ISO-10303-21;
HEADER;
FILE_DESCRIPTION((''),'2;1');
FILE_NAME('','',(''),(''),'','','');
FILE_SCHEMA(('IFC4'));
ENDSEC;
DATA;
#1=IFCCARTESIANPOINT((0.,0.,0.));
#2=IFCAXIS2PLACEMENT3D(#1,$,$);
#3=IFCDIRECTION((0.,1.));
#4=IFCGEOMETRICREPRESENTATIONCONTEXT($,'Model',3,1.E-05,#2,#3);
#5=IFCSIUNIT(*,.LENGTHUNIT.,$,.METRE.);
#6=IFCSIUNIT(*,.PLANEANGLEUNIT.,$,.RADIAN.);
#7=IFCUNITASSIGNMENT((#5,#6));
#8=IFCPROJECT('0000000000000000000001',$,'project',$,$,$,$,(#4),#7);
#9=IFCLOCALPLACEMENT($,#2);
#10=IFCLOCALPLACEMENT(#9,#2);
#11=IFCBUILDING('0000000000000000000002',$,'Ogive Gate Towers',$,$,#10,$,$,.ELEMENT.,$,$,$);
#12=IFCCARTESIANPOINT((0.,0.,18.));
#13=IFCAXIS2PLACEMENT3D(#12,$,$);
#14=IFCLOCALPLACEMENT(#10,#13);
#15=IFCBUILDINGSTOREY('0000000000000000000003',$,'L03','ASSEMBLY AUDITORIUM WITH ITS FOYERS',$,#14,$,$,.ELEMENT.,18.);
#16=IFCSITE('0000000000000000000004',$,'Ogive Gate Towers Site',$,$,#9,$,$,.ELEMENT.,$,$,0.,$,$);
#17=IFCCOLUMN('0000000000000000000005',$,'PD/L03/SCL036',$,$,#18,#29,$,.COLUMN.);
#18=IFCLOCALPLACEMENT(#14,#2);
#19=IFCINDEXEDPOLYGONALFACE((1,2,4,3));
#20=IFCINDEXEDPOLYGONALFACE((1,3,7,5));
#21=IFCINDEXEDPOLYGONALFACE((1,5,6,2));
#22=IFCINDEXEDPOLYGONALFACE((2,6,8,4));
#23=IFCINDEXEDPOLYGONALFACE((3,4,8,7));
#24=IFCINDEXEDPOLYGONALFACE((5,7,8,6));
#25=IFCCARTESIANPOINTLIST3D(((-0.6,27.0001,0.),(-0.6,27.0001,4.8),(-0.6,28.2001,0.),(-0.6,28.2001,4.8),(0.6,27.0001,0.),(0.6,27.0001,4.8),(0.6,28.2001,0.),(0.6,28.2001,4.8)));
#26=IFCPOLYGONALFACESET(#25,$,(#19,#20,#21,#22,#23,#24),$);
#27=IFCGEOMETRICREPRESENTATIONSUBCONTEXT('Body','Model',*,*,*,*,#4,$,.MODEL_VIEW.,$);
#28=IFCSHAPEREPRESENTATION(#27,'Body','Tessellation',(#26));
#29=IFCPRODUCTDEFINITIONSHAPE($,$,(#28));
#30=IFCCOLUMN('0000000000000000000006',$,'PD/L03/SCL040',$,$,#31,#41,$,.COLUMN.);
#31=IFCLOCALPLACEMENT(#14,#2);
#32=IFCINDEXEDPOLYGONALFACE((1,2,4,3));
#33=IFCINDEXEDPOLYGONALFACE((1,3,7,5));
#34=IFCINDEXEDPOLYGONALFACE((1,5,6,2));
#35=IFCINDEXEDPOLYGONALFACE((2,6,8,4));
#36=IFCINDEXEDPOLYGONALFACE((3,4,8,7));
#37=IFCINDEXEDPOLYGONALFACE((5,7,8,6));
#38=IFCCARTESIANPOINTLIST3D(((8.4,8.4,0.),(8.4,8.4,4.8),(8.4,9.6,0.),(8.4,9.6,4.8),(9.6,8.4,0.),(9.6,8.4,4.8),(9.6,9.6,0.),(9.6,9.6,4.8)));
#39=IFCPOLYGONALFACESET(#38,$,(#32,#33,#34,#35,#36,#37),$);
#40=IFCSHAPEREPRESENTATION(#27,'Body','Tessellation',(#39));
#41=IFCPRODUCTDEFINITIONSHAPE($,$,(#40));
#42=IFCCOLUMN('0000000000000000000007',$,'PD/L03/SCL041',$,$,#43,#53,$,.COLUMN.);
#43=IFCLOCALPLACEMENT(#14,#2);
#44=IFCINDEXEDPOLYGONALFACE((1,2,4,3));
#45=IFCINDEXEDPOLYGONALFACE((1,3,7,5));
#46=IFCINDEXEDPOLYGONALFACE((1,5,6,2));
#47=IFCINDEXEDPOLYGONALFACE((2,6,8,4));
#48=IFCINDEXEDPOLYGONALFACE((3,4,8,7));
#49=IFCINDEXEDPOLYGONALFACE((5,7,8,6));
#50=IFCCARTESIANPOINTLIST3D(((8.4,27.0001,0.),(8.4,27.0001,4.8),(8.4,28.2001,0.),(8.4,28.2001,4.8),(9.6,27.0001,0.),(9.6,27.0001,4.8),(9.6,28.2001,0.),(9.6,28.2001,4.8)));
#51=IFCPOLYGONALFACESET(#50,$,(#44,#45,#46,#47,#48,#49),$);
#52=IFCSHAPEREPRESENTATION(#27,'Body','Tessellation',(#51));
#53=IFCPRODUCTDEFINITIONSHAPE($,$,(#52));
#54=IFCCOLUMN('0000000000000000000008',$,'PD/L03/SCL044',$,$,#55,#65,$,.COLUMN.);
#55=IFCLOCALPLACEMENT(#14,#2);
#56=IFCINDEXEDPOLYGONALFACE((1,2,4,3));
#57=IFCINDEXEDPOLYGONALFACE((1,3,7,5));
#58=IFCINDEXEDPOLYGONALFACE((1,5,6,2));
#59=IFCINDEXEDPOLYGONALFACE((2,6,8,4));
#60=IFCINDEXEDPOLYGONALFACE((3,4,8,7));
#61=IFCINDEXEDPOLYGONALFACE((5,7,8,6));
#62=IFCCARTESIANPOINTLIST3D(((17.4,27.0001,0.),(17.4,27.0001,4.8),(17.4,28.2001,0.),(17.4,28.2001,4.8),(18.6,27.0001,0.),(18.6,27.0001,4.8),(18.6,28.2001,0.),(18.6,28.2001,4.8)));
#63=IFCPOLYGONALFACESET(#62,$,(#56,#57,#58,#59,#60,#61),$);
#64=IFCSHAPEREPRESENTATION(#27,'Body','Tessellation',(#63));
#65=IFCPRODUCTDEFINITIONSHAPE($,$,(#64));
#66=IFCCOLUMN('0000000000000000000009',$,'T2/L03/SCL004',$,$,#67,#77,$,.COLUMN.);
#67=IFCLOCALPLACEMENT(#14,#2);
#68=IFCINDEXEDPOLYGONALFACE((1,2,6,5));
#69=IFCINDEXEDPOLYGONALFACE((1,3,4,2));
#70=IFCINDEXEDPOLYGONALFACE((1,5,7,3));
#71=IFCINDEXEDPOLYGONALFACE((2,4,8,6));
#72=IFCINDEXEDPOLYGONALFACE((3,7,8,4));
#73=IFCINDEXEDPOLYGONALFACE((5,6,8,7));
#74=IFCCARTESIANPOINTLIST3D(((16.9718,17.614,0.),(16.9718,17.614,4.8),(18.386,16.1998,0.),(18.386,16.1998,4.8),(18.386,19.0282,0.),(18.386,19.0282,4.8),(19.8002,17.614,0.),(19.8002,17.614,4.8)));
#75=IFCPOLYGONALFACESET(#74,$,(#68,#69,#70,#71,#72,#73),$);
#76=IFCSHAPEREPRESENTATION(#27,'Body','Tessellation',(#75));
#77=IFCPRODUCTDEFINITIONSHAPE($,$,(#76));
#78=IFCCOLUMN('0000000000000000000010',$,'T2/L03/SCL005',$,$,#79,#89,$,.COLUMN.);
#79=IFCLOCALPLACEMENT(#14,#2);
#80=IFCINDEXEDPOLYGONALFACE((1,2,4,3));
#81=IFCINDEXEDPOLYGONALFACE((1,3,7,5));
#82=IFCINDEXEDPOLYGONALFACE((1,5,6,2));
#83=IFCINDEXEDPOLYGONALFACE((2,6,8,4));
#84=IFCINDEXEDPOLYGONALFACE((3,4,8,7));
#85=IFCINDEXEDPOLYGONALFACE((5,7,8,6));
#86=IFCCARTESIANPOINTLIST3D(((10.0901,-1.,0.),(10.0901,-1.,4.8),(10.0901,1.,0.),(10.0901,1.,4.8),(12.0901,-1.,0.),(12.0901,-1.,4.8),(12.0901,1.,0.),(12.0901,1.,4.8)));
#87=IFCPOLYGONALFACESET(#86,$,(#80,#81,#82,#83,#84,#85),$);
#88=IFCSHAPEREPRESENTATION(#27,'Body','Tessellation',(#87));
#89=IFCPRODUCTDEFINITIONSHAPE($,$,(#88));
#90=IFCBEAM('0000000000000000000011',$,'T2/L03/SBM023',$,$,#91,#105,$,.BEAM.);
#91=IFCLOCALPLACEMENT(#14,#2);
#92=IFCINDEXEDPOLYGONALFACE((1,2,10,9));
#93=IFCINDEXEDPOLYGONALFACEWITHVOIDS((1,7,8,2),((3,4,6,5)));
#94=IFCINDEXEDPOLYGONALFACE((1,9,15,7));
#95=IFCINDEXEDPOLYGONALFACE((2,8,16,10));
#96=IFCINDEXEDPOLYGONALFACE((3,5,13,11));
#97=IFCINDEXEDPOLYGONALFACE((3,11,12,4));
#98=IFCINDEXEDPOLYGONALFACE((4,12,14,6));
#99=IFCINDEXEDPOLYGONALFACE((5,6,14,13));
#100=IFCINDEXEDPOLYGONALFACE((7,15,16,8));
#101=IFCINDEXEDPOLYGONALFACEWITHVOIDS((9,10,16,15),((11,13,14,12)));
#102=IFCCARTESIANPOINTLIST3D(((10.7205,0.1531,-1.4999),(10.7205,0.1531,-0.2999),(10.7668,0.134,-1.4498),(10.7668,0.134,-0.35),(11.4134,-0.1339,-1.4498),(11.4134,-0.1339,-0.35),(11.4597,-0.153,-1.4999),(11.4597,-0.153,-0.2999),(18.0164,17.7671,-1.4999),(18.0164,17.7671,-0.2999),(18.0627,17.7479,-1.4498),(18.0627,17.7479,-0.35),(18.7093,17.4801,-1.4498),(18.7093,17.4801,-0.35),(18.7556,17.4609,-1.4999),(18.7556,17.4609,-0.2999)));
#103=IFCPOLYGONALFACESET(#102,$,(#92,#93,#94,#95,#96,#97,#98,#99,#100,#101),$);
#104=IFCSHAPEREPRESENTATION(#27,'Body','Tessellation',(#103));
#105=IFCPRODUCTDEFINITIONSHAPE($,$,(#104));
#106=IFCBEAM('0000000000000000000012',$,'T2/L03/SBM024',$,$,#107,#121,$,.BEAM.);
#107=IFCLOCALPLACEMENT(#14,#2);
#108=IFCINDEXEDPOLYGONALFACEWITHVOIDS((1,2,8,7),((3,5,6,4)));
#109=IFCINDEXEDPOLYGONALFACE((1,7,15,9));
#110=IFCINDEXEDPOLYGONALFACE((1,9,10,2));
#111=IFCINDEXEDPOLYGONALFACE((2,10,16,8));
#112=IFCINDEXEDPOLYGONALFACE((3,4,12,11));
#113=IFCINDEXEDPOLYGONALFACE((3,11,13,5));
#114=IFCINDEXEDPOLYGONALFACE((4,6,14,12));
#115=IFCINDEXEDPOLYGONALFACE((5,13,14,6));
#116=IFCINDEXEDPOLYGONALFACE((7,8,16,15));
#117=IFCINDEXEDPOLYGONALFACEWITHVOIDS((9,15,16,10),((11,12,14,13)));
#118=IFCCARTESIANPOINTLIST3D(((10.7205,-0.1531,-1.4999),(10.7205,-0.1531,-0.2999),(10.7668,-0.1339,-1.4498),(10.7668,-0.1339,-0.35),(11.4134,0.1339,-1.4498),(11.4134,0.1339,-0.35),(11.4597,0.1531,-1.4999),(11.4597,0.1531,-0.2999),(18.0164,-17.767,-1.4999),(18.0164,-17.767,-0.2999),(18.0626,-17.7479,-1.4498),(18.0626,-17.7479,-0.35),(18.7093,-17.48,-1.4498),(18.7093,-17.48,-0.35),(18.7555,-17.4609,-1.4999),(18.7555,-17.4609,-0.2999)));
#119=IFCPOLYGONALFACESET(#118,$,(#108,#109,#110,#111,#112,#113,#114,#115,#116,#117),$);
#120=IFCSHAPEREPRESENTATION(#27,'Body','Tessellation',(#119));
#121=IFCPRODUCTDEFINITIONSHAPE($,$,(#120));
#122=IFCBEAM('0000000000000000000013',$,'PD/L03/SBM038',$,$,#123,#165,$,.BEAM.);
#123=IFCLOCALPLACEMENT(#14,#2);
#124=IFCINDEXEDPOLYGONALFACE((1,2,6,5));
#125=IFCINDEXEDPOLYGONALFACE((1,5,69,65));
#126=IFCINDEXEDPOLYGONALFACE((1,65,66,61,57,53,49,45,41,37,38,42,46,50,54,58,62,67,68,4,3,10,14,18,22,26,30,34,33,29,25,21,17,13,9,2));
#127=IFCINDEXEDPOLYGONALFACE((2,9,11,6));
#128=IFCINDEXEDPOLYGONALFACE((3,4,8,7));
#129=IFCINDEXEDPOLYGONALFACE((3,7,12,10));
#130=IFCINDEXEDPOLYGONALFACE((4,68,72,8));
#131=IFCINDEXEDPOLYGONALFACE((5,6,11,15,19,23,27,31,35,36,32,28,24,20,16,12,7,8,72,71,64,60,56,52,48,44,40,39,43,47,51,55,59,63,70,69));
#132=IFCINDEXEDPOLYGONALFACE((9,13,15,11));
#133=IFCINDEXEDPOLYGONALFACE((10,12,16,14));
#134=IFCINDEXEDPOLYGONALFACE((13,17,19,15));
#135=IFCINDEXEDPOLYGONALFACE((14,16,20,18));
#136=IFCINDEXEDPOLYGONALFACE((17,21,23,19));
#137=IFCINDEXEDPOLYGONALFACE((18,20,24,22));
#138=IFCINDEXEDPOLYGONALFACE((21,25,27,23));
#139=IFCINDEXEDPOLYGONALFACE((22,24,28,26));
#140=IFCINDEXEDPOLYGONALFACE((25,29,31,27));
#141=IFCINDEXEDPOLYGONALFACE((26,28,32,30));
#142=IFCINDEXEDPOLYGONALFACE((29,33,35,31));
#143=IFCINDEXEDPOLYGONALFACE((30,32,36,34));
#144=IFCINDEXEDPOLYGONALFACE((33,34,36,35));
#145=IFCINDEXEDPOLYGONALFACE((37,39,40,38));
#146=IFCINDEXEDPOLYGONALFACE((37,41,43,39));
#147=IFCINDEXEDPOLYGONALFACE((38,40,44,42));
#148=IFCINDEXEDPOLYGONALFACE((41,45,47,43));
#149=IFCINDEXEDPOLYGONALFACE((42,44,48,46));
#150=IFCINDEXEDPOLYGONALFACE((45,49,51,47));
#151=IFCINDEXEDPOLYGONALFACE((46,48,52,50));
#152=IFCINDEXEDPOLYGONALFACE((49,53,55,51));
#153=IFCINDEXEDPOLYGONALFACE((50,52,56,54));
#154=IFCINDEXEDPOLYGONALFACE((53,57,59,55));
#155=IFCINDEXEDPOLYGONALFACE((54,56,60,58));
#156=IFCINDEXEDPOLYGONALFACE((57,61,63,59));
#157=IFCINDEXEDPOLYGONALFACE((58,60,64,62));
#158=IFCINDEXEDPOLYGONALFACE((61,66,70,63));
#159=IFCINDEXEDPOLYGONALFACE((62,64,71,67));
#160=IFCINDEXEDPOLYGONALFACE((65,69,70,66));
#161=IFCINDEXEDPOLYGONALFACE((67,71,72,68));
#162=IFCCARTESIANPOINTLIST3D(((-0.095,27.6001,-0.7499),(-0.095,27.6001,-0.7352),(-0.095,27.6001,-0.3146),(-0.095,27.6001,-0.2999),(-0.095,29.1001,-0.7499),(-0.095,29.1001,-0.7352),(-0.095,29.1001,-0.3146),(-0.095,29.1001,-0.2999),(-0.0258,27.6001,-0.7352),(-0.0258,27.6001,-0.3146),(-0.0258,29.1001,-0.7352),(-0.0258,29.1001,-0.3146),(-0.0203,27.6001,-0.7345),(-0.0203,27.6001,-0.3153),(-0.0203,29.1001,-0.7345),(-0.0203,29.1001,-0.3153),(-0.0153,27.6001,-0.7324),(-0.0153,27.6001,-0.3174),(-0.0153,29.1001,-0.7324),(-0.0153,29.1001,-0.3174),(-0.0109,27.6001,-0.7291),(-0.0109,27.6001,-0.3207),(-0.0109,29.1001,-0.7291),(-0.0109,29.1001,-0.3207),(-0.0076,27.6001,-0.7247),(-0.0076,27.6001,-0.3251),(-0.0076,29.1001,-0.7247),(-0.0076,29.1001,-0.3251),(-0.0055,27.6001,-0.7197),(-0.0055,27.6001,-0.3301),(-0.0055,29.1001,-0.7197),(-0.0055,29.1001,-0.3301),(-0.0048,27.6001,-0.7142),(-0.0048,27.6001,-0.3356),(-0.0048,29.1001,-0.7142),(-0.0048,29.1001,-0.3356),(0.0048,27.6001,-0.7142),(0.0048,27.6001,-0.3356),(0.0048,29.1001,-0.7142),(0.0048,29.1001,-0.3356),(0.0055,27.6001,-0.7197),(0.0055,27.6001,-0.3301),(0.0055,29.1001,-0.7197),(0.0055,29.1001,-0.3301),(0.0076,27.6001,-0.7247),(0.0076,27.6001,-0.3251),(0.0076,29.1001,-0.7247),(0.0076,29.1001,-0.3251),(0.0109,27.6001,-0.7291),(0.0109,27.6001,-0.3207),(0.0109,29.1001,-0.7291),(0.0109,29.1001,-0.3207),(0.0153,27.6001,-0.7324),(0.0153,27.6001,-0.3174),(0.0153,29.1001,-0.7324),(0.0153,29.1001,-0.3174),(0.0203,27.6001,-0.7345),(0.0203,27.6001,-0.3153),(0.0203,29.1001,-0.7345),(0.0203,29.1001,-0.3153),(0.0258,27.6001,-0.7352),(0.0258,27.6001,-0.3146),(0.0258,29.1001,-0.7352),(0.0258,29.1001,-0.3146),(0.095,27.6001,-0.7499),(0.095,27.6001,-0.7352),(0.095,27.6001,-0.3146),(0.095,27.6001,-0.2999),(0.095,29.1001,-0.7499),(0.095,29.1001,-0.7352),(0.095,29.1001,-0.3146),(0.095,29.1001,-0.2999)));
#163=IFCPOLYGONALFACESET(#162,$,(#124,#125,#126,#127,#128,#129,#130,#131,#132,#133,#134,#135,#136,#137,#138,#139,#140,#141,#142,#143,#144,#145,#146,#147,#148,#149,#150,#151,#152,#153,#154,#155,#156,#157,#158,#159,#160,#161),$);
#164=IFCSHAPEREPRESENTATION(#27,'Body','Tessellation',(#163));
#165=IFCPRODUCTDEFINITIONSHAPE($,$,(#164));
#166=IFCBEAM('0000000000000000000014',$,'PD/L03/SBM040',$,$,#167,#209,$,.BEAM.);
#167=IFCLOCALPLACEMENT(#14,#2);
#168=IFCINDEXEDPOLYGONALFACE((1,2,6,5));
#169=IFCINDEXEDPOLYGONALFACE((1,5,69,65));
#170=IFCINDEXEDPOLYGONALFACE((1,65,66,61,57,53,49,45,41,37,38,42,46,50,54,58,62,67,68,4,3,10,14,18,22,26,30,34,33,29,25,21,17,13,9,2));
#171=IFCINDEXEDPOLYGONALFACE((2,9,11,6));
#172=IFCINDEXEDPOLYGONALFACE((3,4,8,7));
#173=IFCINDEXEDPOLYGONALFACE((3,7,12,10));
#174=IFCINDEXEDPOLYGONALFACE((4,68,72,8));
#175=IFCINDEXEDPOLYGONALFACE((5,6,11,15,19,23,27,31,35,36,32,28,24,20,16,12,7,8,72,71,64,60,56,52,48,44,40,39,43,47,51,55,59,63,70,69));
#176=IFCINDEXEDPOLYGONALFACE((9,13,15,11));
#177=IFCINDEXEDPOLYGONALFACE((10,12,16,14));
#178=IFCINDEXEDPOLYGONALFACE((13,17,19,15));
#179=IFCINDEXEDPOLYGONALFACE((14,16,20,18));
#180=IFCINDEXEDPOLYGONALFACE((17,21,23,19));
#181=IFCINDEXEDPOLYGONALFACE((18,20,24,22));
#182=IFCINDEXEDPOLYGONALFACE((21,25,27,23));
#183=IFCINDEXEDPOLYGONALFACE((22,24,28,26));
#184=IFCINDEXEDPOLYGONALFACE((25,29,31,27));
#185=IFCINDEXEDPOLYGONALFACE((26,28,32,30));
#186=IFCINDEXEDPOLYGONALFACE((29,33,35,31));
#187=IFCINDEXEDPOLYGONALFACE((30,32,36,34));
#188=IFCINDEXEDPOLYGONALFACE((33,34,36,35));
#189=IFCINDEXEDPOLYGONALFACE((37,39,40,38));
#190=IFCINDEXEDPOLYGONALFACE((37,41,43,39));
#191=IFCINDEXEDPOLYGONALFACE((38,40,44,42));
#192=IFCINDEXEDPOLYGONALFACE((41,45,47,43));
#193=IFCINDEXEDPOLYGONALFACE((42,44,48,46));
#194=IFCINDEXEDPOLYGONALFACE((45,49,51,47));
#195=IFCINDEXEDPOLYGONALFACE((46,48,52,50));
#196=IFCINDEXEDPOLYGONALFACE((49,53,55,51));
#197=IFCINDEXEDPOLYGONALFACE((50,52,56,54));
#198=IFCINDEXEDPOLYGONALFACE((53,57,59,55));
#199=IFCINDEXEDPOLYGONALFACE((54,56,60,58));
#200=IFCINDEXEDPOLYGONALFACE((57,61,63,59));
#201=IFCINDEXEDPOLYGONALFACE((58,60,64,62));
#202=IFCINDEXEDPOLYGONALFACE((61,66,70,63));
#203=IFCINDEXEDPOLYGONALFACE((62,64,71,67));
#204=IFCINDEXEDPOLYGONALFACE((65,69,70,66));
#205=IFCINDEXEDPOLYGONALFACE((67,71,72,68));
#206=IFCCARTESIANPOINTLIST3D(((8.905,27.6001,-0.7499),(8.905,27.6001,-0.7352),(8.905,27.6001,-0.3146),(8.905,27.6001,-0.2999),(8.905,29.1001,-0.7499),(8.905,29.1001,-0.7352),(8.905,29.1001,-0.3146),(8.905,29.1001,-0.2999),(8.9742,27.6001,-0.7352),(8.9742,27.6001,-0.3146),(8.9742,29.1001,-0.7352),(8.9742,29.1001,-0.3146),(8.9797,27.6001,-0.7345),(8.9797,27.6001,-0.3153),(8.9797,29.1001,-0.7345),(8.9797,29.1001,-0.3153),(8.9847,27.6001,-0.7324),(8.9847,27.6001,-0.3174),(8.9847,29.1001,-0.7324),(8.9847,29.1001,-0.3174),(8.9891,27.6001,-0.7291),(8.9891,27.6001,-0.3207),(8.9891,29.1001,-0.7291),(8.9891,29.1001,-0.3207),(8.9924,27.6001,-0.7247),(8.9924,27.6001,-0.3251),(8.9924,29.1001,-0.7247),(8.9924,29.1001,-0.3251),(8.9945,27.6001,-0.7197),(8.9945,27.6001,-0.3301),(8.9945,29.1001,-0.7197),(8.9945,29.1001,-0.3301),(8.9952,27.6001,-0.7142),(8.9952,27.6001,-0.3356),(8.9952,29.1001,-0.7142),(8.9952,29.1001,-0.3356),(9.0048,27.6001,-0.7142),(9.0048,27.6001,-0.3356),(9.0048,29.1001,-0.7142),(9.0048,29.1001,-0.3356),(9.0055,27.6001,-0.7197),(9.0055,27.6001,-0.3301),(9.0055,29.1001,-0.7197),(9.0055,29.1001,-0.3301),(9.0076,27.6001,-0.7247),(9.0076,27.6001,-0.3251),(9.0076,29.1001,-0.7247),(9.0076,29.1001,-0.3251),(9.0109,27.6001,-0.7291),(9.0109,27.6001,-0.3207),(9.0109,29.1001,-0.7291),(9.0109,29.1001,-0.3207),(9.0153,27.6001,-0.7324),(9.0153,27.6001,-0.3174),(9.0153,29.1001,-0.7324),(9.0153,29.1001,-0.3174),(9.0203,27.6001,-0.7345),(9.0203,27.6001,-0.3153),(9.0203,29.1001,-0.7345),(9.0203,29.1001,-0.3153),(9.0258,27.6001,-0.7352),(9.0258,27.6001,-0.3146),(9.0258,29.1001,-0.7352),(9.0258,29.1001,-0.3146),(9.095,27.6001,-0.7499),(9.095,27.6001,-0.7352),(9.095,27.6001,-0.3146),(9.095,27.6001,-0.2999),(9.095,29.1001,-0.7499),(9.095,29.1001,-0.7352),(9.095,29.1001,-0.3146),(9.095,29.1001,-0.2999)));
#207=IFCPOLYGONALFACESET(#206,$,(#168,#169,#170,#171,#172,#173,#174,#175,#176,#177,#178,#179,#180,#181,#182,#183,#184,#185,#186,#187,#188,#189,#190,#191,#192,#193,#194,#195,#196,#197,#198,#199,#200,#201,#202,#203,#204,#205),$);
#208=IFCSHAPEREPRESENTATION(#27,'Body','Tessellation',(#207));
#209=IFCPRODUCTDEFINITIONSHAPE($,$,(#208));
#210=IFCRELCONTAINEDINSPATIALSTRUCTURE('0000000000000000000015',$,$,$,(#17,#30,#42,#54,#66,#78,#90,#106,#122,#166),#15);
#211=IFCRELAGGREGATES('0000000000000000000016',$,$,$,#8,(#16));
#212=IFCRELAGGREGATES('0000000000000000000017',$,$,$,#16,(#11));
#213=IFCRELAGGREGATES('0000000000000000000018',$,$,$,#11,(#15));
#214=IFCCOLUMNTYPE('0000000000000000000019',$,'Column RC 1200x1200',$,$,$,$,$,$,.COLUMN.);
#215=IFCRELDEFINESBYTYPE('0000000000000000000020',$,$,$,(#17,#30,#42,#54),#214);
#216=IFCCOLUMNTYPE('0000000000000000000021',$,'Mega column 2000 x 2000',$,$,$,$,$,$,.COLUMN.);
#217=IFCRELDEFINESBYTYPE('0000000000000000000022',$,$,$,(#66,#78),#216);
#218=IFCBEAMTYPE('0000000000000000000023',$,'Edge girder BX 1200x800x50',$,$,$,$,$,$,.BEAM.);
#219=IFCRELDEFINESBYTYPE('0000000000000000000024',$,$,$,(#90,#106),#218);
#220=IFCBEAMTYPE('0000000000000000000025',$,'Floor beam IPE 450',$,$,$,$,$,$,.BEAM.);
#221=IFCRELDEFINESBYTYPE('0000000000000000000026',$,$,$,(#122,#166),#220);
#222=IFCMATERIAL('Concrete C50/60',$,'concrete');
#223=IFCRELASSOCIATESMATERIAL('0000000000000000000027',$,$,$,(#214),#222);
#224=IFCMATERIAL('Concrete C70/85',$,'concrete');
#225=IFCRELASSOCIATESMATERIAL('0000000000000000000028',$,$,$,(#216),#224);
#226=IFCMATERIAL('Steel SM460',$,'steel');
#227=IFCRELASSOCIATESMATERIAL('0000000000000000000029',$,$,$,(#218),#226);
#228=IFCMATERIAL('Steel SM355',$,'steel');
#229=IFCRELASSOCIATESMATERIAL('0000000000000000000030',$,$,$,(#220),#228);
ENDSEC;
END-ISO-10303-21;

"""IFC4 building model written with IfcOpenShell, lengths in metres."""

from ifc_helpers import new_model, si_unit, direction, frame, origin, origin_2d, place, context, subcontext, project, spatial, rectangle, hollow_rectangle, i_section, extrude, material, material_profile, profile_set, type_object, element, save


model = new_model("IFC4")

# Units and contexts
model_context = context("Model", 3, precision=1e-05, world=origin(), true_north=direction((0.0, 1.0)))
body_context = subcontext(model_context, "Body", "Model", "MODEL_VIEW")
ifc_project = project(units=[si_unit("LENGTHUNIT", "METRE"), si_unit("PLANEANGLEUNIT", "RADIAN")], contexts=[model_context])

# Site, building, storey
site_placement = place(None, origin())
site = spatial("IfcSite", under=ifc_project, at=site_placement, Name="Ogive Gate Towers Site", CompositionType="ELEMENT", RefElevation=0.0)
building_placement = place(site_placement, origin())
building = spatial("IfcBuilding", under=site, at=building_placement, Name="Ogive Gate Towers", CompositionType="ELEMENT")
storey_placement = place(building_placement, frame((0.0, 0.0, 18.0)))
storey = spatial("IfcBuildingStorey", under=building, at=storey_placement, Name="L03", Description="ASSEMBLY AUDITORIUM WITH ITS FOYERS", CompositionType="ELEMENT", Elevation=18.0)

# Columns
ifc_material_1 = material(Name="Concrete C50/60", Category="concrete")
ifc_material_profile_1 = material_profile(ifc_material_1, rectangle(XDim=1.2, YDim=1.2, at=origin_2d()), Name="RC 1200x1200")
ifc_profile_set_1 = profile_set([ifc_material_profile_1], Name="Concrete C50/60")
column_type_1 = type_object("IfcColumnType", Name="Column RC 1200x1200", PredefinedType="COLUMN", material=ifc_profile_set_1)
for number, where, z_axis, x_axis, name in (
    (1, (0.0, 27.6001, 0.0), (0.0, 0.0, 1.0), (1.0, 0.0, 0.0), "PD/L03/SCL036"),
    (2, (9.0, 9.0, 0.0), (0.0, 0.0, 1.0), (1.0, 0.0, 0.0), "PD/L03/SCL040"),
    (3, (9.0, 27.6001, 0.0), (0.0, 0.0, 1.0), (1.0, 0.0, 0.0), "PD/L03/SCL041"),
    (4, (18.0, 27.6001, 0.0), (0.0, 0.0, 1.0), (1.0, 0.0, 0.0), "PD/L03/SCL044"),
):
    element("IfcColumn", number, at=place(storey_placement, frame(where, z_axis=z_axis, x_axis=x_axis)), inside=storey, type_object=column_type_1, Name=name, PredefinedType="COLUMN", context=body_context, shape_type="SweptSolid", body=[
        extrude(rectangle(XDim=1.2, YDim=1.2, at=origin_2d()), origin(), (0.0, 0.0, 1.0), 4.8),
    ])
ifc_material_2 = material(Name="Concrete C70/85", Category="concrete")
ifc_material_profile_2 = material_profile(ifc_material_2, rectangle(XDim=2.0, YDim=2.0, at=origin_2d()), Name="RC 2000x2000")
ifc_profile_set_2 = profile_set([ifc_material_profile_2], Name="Concrete C70/85")
column_type_2 = type_object("IfcColumnType", Name="Mega column 2000 x 2000", PredefinedType="COLUMN", material=ifc_profile_set_2)
for number, where, z_axis, x_axis, name in (
    (5, (18.386, 17.614, 0.0), (0.0, 0.0, 1.0), (-0.707107, 0.707107, 0.0), "T2/L03/SCL004"),
    (6, (11.0901, 0.0, 0.0), (0.0, 0.0, 1.0), (-1.0, 0.0, 0.0), "T2/L03/SCL005"),
):
    element("IfcColumn", number, at=place(storey_placement, frame(where, z_axis=z_axis, x_axis=x_axis)), inside=storey, type_object=column_type_2, Name=name, PredefinedType="COLUMN", context=body_context, shape_type="SweptSolid", body=[
        extrude(rectangle(XDim=2.0, YDim=2.0, at=origin_2d()), origin(), (0.0, 0.0, 1.0), 4.8),
    ])

# Beams
ifc_material_3 = material(Name="Steel SM460", Category="steel")
ifc_material_profile_3 = material_profile(ifc_material_3, hollow_rectangle(XDim=0.8, YDim=1.2, WallThickness=0.05, at=origin_2d()), Name="BX 1200x800x50")
ifc_profile_set_3 = profile_set([ifc_material_profile_3], Name="Steel SM460")
beam_type_1 = type_object("IfcBeamType", Name="Edge girder BX 1200x800x50", PredefinedType="BEAM", material=ifc_profile_set_3)
for number, where, z_axis, x_axis, name in (
    (7, (18.386, 17.614, -0.8999), (-0.382681, -0.923881, 0.0), (0.923881, -0.382681, 0.0), "T2/L03/SBM023"),
    (8, (11.0901, 0.0, -0.8999), (0.382681, -0.923881, 0.0), (0.923881, 0.382681, 0.0), "T2/L03/SBM024"),
):
    element("IfcBeam", number, at=place(storey_placement, frame(where, z_axis=z_axis, x_axis=x_axis)), inside=storey, type_object=beam_type_1, Name=name, PredefinedType="BEAM", context=body_context, shape_type="SweptSolid", body=[
        extrude(hollow_rectangle(XDim=0.8, YDim=1.2, WallThickness=0.05, at=origin_2d()), origin(), (0.0, 0.0, 1.0), 19.0652),
    ])
ifc_material_4 = material(Name="Steel SM355", Category="steel")
ifc_material_profile_4 = material_profile(ifc_material_4, i_section(OverallWidth=0.1899, OverallDepth=0.45, WebThickness=0.0095, FlangeThickness=0.0146, FilletRadius=0.021, at=origin_2d()), Name="IPE 450")
ifc_profile_set_4 = profile_set([ifc_material_profile_4], Name="Steel SM355")
beam_type_2 = type_object("IfcBeamType", Name="Floor beam IPE 450", PredefinedType="BEAM", material=ifc_profile_set_4)
for number, where, z_axis, x_axis, name in (
    (9, (0.0, 27.6001, -0.5249), (0.0, 1.0, 0.0), (-1.0, 0.0, 0.0), "PD/L03/SBM038"),
    (10, (9.0, 27.6001, -0.5249), (0.0, 1.0, 0.0), (-1.0, 0.0, 0.0), "PD/L03/SBM040"),
):
    element("IfcBeam", number, at=place(storey_placement, frame(where, z_axis=z_axis, x_axis=x_axis)), inside=storey, type_object=beam_type_2, Name=name, PredefinedType="BEAM", context=body_context, shape_type="SweptSolid", body=[
        extrude(i_section(OverallWidth=0.1899, OverallDepth=0.45, WebThickness=0.0095, FlangeThickness=0.0146, FilletRadius=0.021, at=origin_2d()), origin(), (0.0, 0.0, 1.0), 1.5),
    ])

save(model, "model.ifc")
